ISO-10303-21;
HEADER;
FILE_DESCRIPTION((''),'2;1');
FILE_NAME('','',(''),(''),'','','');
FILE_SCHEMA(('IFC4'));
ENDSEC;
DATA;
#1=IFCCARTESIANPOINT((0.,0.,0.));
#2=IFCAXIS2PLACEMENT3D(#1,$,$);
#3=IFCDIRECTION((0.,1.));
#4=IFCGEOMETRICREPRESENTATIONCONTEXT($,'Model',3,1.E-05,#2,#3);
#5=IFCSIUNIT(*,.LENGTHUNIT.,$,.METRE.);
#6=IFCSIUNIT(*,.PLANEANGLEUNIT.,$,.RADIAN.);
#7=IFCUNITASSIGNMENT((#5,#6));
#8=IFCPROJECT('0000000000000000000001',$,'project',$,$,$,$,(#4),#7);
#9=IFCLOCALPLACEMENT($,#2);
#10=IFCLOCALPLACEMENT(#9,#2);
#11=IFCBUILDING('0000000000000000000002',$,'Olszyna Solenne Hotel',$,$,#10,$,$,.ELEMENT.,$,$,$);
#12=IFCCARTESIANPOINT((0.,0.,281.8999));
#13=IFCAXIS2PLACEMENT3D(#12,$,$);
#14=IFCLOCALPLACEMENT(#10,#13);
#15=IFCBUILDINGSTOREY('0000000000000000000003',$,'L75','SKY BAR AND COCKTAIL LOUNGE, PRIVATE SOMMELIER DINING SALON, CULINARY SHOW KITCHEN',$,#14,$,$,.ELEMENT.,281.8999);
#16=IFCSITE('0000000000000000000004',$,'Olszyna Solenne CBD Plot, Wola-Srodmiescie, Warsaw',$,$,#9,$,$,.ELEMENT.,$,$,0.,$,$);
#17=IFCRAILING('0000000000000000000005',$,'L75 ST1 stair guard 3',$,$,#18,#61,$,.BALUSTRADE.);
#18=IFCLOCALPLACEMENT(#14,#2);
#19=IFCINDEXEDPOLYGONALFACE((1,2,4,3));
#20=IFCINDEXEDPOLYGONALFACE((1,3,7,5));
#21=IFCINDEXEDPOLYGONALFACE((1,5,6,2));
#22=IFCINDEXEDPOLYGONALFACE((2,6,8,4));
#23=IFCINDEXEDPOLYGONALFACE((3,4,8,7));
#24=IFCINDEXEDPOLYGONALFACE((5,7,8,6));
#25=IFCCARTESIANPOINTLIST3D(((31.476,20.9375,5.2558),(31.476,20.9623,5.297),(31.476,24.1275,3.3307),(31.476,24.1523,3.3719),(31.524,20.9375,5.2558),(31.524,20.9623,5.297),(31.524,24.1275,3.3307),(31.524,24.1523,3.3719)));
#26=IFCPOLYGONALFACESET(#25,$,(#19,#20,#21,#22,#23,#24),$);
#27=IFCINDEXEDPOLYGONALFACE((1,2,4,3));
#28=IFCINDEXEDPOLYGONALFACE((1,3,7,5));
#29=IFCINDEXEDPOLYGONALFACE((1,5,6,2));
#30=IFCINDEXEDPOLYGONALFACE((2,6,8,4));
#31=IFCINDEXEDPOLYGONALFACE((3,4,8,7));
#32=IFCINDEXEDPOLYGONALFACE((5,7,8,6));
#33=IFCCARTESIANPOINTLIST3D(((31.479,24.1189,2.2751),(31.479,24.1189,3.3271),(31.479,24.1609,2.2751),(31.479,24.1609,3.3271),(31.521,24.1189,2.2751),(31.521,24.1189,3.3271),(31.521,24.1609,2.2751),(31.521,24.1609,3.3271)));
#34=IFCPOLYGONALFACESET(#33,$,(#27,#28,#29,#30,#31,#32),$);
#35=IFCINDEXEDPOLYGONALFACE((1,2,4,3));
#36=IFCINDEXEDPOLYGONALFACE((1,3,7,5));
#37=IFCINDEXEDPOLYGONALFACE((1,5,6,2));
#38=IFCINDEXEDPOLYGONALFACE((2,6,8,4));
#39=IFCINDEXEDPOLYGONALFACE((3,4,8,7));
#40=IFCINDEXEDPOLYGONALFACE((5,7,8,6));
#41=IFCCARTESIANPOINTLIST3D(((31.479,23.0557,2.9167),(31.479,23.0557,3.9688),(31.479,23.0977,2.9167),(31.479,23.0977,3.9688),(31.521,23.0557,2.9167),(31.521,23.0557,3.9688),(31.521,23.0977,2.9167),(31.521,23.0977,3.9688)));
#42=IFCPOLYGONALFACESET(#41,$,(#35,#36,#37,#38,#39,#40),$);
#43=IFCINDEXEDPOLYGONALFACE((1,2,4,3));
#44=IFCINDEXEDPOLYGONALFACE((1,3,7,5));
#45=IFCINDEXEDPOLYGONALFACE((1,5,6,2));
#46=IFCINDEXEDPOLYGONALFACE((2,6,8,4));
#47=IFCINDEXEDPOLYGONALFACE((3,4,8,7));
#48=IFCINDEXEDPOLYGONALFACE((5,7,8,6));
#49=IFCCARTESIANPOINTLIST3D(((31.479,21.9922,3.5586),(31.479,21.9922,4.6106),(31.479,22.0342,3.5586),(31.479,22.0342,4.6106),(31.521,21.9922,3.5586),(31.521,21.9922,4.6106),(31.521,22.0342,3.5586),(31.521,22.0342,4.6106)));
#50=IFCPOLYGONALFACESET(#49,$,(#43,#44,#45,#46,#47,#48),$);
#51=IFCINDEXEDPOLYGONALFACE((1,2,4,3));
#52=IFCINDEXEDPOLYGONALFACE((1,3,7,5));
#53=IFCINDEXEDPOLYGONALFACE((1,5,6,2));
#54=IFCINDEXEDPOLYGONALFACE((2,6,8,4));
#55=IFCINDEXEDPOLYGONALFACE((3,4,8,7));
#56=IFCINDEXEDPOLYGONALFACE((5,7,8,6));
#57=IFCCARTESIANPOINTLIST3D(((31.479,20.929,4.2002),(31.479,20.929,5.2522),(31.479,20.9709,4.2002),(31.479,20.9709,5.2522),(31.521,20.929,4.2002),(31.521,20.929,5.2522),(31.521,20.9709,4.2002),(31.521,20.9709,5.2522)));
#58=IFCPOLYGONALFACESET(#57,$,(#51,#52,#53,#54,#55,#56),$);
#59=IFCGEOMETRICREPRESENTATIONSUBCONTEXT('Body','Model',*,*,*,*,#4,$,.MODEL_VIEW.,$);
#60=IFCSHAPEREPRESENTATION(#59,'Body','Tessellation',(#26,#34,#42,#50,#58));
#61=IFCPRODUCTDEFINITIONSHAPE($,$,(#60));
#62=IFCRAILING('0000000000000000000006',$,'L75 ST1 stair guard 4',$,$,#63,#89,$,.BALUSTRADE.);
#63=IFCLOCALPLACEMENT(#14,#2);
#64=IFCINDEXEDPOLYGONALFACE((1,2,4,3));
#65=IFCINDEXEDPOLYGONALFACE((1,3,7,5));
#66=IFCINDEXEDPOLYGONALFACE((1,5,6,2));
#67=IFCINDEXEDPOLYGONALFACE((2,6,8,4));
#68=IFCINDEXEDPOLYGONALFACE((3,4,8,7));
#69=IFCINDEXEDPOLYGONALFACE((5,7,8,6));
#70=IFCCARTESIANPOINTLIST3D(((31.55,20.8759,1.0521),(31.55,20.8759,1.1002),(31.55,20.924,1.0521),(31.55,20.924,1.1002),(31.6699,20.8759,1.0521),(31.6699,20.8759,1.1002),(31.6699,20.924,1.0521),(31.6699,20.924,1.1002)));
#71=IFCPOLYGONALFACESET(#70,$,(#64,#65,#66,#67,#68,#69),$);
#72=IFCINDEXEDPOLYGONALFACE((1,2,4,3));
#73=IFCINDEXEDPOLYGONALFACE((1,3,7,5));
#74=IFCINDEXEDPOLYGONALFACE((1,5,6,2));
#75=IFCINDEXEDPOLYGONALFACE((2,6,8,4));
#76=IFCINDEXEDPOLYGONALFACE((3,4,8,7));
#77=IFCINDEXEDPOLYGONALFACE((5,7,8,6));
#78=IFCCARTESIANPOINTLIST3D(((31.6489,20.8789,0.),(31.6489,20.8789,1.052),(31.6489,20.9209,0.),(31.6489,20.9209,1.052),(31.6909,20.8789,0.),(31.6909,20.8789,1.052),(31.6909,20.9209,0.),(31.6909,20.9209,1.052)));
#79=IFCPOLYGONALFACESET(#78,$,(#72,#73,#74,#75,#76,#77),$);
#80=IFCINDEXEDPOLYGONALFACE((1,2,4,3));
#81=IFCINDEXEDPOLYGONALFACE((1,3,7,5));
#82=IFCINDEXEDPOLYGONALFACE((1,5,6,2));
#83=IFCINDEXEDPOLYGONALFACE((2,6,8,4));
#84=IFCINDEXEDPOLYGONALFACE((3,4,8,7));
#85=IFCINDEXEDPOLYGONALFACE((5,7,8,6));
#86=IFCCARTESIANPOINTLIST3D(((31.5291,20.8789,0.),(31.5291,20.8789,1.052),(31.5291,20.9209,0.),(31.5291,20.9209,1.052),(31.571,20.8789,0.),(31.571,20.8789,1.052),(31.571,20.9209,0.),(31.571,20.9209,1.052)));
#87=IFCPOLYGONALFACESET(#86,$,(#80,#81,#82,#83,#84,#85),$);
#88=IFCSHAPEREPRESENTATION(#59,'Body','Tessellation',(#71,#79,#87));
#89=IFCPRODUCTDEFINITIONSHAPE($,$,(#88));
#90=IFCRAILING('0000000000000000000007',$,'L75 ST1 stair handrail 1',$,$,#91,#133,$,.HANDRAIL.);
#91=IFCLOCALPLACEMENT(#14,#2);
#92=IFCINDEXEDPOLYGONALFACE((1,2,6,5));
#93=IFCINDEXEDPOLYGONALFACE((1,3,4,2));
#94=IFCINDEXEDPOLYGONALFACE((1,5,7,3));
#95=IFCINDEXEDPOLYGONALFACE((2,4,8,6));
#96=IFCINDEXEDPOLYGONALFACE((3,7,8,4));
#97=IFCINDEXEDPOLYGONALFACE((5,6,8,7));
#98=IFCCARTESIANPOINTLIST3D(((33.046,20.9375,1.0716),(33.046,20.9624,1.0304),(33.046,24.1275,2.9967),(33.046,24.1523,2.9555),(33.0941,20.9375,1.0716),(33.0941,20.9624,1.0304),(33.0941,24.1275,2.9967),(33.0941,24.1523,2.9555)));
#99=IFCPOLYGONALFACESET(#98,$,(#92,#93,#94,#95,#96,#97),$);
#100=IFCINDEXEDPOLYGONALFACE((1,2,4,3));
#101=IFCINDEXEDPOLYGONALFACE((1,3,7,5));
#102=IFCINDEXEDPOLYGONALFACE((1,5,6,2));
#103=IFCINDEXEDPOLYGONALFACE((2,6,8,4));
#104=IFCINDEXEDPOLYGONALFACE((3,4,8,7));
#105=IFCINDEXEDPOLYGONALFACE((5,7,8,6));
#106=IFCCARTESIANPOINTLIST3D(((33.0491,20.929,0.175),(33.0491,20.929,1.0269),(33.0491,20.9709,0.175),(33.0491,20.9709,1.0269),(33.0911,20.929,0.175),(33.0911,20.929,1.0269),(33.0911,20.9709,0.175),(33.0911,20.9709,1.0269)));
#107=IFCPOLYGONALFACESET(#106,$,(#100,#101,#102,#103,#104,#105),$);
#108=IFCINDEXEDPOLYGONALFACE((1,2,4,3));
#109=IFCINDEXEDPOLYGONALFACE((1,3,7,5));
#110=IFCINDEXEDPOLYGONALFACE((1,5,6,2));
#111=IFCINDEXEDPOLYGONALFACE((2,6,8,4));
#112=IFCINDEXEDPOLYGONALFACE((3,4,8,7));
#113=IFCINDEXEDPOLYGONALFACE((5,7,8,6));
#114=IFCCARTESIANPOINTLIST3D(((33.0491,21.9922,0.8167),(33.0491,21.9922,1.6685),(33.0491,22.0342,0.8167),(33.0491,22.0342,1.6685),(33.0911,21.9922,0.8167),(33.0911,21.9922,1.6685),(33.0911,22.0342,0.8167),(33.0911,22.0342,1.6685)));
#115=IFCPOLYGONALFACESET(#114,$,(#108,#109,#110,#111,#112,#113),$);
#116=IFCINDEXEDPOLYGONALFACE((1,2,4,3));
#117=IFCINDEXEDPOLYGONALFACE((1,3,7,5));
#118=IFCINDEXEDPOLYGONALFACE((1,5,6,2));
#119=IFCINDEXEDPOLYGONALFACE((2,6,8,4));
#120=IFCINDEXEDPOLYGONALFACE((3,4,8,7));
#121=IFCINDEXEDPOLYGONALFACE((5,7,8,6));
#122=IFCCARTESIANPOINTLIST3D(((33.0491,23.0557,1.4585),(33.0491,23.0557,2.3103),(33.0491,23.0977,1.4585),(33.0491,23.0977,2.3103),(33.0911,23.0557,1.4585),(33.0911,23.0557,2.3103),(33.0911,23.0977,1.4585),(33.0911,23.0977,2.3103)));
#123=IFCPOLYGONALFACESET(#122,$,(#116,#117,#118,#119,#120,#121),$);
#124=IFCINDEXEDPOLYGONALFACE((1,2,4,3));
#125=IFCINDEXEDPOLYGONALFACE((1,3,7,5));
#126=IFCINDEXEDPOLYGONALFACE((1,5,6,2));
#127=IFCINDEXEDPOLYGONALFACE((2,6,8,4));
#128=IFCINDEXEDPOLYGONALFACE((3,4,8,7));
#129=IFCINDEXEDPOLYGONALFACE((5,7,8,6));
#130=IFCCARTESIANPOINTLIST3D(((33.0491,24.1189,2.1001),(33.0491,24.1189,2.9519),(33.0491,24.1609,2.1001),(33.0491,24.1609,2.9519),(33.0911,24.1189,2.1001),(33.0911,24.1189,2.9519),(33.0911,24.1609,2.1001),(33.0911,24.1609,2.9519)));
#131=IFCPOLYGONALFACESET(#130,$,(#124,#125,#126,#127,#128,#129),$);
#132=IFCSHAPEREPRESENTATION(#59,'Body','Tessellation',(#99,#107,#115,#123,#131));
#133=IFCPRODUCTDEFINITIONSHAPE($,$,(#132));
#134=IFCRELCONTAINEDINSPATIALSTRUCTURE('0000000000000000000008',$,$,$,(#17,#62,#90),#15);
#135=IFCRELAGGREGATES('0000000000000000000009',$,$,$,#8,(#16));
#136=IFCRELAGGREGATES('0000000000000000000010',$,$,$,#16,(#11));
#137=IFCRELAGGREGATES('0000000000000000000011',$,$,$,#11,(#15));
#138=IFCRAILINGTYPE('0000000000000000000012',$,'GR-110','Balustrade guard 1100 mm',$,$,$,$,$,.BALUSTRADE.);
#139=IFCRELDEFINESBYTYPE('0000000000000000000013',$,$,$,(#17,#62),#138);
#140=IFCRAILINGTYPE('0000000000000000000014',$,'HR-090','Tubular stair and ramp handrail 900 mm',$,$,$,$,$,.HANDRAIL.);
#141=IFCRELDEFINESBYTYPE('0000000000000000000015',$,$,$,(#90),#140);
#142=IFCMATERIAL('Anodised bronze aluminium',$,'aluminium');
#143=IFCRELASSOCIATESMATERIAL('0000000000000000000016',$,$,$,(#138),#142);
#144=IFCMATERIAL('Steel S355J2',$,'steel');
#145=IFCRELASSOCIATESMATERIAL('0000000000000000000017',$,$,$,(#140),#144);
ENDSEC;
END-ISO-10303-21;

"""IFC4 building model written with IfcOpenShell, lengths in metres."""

from ifc_helpers import new_model, si_unit, direction, frame, origin, origin_2d, place, context, subcontext, project, spatial, rectangle, extrude, material, type_object, element, save


model = new_model("IFC4")

# Units and contexts
model_context = context("Model", 3, precision=1e-05, world=origin(), true_north=direction((0.0, 1.0)))
body_context = subcontext(model_context, "Body", "Model", "MODEL_VIEW")
ifc_project = project(units=[si_unit("LENGTHUNIT", "METRE"), si_unit("PLANEANGLEUNIT", "RADIAN")], contexts=[model_context])

# Site, building, storey
site_placement = place(None, origin())
site = spatial("IfcSite", under=ifc_project, at=site_placement, Name="Olszyna Solenne CBD Plot, Wola-Srodmiescie, Warsaw", CompositionType="ELEMENT", RefElevation=0.0)
building_placement = place(site_placement, origin())
building = spatial("IfcBuilding", under=site, at=building_placement, Name="Olszyna Solenne Hotel", CompositionType="ELEMENT")
storey_placement = place(building_placement, frame((0.0, 0.0, 281.8999)))
storey = spatial("IfcBuildingStorey", under=building, at=storey_placement, Name="L75", Description="SKY BAR AND COCKTAIL LOUNGE, PRIVATE SOMMELIER DINING SALON, CULINARY SHOW KITCHEN", CompositionType="ELEMENT", Elevation=281.8999)

# Shared definitions
ifc_material_1 = material(Name="Steel S355J2", Category="steel")

# Shared definitions
ifc_material_2 = material(Name="Anodised bronze aluminium", Category="aluminium")

# Railings
railing_type_1 = type_object("IfcRailingType", Name="GR-110", Description="Balustrade guard 1100 mm", PredefinedType="BALUSTRADE", material=ifc_material_2)
railing_1_placement = place(storey_placement, frame((31.5, 24.1399, 2.2751)))
element("IfcRailing", 1, at=railing_1_placement, inside=storey, type_object=railing_type_1, Name="L75 ST1 stair guard 3", PredefinedType="BALUSTRADE", context=body_context, shape_type="SweptSolid", body=[
    extrude(rectangle(XDim=0.0481, YDim=0.0481, at=origin_2d()), frame((0.0, 0.0, 1.0762), z_axis=(0.0, -0.856178, 0.516682), x_axis=(1.0, 0.0, 0.0)), (0.0, 0.0, 1.0), 3.7258),
    extrude(rectangle(XDim=0.042, YDim=0.042, at=origin_2d()), origin(), (0.0, 0.0, 1.0), 1.052),
    extrude(rectangle(XDim=0.042, YDim=0.042, at=origin_2d()), frame((0.0, -1.0632, 0.6416)), (0.0, 0.0, 1.0), 1.052),
    extrude(rectangle(XDim=0.042, YDim=0.042, at=origin_2d()), frame((0.0, -2.1267, 1.2834)), (0.0, 0.0, 1.0), 1.052),
    extrude(rectangle(XDim=0.042, YDim=0.042, at=origin_2d()), frame((0.0, -3.1899, 1.925)), (0.0, 0.0, 1.0), 1.052),
])
railing_2_placement = place(storey_placement, frame((31.6699, 20.8999, 0.0)))
element("IfcRailing", 2, at=railing_2_placement, inside=storey, type_object=railing_type_1, Name="L75 ST1 stair guard 4", PredefinedType="BALUSTRADE", context=body_context, shape_type="SweptSolid", body=[
    extrude(rectangle(XDim=0.0481, YDim=0.0481, at=origin_2d()), frame((0.0, 0.0, 1.0762), z_axis=(-1.0, 0.0, 0.0), x_axis=(0.0, -1.0, 0.0)), (0.0, 0.0, 1.0), 0.1199),
    extrude(rectangle(XDim=0.042, YDim=0.042, at=origin_2d()), origin(), (0.0, 0.0, 1.0), 1.052),
    extrude(rectangle(XDim=0.042, YDim=0.042, at=origin_2d()), frame((-0.1199, 0.0, 0.0)), (0.0, 0.0, 1.0), 1.052),
])
railing_type_2 = type_object("IfcRailingType", Name="HR-090", Description="Tubular stair and ramp handrail 900 mm", PredefinedType="HANDRAIL", material=ifc_material_1)
railing_3_placement = place(storey_placement, frame((33.0701, 20.95, 0.175)))
element("IfcRailing", 3, at=railing_3_placement, inside=storey, type_object=railing_type_2, Name="L75 ST1 stair handrail 1", PredefinedType="HANDRAIL", context=body_context, shape_type="SweptSolid", body=[
    extrude(rectangle(XDim=0.0481, YDim=0.0481, at=origin_2d()), frame((0.0, 0.0, 0.876), z_axis=(0.0, 0.856178, 0.516682), x_axis=(-1.0, 0.0, 0.0)), (0.0, 0.0, 1.0), 3.7258),
    extrude(rectangle(XDim=0.042, YDim=0.042, at=origin_2d()), origin(), (0.0, 0.0, 1.0), 0.8518),
    extrude(rectangle(XDim=0.042, YDim=0.042, at=origin_2d()), frame((0.0, 1.0632, 0.6416)), (0.0, 0.0, 1.0), 0.8518),
    extrude(rectangle(XDim=0.042, YDim=0.042, at=origin_2d()), frame((0.0, 2.1267, 1.2834)), (0.0, 0.0, 1.0), 0.8518),
    extrude(rectangle(XDim=0.042, YDim=0.042, at=origin_2d()), frame((0.0, 3.1899, 1.925)), (0.0, 0.0, 1.0), 0.8518),
])

save(model, "model.ifc")
